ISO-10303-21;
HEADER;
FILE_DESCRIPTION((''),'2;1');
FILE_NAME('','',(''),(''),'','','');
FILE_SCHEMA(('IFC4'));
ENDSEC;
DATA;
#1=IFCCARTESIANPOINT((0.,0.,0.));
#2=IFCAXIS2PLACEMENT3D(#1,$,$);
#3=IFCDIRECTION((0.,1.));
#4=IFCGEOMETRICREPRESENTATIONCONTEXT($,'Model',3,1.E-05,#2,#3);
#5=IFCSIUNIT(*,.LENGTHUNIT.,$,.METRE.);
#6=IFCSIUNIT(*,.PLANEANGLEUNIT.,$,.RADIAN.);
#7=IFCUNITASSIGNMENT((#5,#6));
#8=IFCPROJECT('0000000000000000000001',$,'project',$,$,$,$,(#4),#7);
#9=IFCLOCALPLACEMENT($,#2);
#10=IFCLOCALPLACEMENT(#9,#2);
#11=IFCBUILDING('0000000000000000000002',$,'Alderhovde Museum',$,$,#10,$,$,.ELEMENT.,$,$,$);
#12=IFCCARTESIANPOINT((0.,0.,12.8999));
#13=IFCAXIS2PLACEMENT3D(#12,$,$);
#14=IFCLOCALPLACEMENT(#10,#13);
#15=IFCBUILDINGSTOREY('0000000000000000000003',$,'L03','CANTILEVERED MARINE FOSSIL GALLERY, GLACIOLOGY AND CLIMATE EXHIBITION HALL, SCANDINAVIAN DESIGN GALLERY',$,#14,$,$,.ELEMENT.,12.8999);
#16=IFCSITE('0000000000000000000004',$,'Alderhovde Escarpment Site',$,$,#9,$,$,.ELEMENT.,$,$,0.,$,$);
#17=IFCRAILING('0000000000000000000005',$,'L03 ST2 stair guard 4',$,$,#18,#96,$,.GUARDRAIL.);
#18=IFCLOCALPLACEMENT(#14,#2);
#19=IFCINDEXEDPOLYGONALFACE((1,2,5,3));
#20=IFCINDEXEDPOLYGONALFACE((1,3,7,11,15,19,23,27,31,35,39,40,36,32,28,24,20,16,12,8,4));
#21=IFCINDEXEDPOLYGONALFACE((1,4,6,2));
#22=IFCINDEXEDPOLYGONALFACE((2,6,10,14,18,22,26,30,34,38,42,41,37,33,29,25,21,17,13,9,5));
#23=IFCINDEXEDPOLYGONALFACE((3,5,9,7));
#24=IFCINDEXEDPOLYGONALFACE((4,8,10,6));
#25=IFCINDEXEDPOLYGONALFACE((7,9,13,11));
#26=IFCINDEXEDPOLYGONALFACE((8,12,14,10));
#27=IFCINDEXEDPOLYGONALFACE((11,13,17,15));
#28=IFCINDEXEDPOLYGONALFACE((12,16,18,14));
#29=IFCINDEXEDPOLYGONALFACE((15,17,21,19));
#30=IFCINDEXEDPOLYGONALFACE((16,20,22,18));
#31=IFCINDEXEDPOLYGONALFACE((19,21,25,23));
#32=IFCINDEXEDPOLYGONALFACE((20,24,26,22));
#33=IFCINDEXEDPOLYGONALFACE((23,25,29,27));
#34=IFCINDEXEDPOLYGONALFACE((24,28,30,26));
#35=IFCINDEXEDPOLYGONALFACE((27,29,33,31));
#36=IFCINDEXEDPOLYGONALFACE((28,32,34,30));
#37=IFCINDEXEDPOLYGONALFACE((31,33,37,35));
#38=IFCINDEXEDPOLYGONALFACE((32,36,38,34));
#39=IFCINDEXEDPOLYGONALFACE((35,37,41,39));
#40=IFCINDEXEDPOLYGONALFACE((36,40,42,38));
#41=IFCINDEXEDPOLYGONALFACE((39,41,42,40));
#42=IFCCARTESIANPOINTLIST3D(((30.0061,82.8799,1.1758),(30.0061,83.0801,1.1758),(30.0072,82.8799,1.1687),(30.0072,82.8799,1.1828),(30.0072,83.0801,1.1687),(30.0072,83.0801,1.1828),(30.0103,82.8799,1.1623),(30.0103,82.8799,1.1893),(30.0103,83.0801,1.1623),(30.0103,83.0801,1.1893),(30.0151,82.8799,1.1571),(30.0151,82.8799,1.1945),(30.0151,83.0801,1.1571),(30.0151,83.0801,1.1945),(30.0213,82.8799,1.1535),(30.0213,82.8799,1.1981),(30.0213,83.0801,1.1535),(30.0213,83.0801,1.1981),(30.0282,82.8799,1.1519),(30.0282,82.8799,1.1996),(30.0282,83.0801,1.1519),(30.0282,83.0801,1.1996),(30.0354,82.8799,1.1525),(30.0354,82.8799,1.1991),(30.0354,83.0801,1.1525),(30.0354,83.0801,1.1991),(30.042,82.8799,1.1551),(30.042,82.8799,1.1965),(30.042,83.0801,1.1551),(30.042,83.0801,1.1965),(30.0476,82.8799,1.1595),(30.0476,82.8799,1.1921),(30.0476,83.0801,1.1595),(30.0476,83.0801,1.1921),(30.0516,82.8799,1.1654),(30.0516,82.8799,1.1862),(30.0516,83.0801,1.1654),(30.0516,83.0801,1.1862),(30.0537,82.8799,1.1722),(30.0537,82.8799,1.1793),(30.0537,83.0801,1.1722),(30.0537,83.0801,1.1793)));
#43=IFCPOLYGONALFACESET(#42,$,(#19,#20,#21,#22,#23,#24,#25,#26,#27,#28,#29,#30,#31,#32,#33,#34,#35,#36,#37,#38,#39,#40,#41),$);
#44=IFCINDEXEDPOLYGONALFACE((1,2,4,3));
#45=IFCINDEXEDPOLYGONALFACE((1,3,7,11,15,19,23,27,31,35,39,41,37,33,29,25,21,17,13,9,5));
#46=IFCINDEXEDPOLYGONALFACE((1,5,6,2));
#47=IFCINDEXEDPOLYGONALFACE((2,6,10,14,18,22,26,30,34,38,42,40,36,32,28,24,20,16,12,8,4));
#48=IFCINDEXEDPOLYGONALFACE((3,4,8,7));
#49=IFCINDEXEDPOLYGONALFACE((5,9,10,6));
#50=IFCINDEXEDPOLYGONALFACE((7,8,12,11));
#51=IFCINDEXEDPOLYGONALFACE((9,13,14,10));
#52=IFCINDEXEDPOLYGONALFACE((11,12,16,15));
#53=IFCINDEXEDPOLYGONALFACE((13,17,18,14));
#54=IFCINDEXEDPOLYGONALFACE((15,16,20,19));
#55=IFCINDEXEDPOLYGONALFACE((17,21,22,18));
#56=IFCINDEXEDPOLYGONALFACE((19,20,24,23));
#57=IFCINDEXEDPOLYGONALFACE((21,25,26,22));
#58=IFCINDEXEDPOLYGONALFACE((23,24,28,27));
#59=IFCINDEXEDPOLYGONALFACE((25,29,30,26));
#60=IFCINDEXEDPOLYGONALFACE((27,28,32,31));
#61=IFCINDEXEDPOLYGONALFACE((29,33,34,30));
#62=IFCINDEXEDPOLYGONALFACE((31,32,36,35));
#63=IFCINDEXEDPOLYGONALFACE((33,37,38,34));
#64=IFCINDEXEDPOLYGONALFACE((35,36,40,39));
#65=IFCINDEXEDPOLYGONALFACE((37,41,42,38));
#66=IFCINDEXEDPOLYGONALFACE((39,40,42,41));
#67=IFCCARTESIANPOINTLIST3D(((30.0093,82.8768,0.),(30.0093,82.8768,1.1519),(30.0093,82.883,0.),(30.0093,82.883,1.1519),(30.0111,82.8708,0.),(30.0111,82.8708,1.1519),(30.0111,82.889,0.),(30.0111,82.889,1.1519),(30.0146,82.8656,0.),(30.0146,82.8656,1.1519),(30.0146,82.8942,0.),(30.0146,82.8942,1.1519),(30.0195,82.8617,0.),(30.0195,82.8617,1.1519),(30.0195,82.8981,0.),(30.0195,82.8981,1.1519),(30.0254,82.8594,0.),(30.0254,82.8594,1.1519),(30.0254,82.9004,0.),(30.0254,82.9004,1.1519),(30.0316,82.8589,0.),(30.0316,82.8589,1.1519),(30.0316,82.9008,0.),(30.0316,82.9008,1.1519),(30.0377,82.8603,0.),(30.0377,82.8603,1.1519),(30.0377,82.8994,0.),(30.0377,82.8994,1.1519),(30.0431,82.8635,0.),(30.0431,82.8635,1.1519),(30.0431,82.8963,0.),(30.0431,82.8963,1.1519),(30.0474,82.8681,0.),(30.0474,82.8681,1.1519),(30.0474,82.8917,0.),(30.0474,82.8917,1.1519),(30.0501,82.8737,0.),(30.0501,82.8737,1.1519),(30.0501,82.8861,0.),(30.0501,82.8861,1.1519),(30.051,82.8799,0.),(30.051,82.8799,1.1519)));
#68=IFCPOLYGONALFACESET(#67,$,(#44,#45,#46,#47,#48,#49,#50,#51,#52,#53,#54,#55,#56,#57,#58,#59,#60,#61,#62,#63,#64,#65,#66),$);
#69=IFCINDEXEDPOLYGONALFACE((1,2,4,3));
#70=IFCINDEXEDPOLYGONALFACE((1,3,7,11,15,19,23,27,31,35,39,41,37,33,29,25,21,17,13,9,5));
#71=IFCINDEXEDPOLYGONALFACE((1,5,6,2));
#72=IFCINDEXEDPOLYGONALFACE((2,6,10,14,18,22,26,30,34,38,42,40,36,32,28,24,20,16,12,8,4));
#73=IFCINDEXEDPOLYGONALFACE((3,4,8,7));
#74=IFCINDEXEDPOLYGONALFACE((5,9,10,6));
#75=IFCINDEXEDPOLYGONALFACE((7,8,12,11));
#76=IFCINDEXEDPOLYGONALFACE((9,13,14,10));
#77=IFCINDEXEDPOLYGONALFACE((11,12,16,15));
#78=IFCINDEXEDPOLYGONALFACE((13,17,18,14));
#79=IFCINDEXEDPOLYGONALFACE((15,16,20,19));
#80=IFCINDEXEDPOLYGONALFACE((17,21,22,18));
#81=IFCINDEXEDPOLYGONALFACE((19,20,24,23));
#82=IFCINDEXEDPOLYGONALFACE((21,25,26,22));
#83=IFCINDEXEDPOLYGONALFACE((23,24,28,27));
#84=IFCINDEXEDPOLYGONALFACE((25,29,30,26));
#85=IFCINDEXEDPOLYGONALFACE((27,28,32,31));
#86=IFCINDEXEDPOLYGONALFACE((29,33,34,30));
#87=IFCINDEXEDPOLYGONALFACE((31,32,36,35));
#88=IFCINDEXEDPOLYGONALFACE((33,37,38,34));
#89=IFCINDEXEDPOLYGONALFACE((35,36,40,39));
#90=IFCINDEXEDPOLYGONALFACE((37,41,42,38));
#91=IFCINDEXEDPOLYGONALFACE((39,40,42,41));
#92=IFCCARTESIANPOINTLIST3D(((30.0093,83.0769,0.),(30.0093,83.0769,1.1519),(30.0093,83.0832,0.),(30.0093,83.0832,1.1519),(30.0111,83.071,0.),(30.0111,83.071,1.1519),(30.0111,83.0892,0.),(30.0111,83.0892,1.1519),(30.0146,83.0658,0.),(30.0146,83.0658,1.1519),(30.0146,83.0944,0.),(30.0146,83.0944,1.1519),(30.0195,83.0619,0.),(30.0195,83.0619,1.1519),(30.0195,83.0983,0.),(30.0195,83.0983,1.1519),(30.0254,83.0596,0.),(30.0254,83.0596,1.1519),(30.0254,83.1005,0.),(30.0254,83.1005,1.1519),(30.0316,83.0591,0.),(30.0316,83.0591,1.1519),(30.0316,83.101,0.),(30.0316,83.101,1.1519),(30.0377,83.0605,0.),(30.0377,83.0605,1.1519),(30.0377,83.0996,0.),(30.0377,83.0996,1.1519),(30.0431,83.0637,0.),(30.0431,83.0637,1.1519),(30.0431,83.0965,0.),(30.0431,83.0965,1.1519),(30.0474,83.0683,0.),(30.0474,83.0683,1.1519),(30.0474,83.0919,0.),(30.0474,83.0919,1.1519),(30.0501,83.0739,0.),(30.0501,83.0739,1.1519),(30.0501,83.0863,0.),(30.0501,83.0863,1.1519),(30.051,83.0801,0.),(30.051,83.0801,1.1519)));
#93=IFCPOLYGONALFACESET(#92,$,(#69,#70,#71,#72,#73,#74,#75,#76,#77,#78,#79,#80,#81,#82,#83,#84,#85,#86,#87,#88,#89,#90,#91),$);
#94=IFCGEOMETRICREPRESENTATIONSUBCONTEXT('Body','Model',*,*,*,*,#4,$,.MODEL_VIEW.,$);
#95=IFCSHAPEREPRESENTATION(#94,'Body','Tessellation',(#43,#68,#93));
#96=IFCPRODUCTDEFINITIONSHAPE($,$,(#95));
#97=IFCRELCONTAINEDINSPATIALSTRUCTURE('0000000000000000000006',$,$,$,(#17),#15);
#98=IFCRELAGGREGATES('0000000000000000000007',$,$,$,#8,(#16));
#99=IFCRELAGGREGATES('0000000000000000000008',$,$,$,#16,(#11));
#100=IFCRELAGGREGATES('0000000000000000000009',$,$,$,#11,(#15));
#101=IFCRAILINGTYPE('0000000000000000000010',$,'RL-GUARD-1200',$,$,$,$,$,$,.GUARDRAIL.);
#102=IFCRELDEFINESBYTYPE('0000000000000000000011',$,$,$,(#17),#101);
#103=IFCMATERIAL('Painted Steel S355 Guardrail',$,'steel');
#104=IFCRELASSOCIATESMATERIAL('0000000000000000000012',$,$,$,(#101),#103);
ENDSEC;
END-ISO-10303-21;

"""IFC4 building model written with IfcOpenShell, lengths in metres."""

from ifc_helpers import new_model, si_unit, direction, frame, origin, origin_2d, place, context, subcontext, project, spatial, circle, extrude, material, type_object, element, save


model = new_model("IFC4")

# Units and contexts
model_context = context("Model", 3, precision=1e-05, world=origin(), true_north=direction((0.0, 1.0)))
body_context = subcontext(model_context, "Body", "Model", "MODEL_VIEW")
ifc_project = project(units=[si_unit("LENGTHUNIT", "METRE"), si_unit("PLANEANGLEUNIT", "RADIAN")], contexts=[model_context])

# Site, building, storey
site_placement = place(None, origin())
site = spatial("IfcSite", under=ifc_project, at=site_placement, Name="Alderhovde Escarpment Site", CompositionType="ELEMENT", RefElevation=0.0)
building_placement = place(site_placement, origin())
building = spatial("IfcBuilding", under=site, at=building_placement, Name="Alderhovde Museum", CompositionType="ELEMENT")
storey_placement = place(building_placement, frame((0.0, 0.0, 12.8999)))
storey = spatial("IfcBuildingStorey", under=building, at=storey_placement, Name="L03", Description="CANTILEVERED MARINE FOSSIL GALLERY, GLACIOLOGY AND CLIMATE EXHIBITION HALL, SCANDINAVIAN DESIGN GALLERY", CompositionType="ELEMENT", Elevation=12.8999)

# Railing
ifc_material_1 = material(Name="Painted Steel S355 Guardrail", Category="steel")
railing_type_1 = type_object("IfcRailingType", Name="RL-GUARD-1200", PredefinedType="GUARDRAIL", material=ifc_material_1)
railing_1_placement = place(storey_placement, frame((30.03, 82.8799, 0.0)))
element("IfcRailing", 1, at=railing_1_placement, inside=storey, type_object=railing_type_1, Name="L03 ST2 stair guard 4", PredefinedType="GUARDRAIL", context=body_context, shape_type="SweptSolid", body=[
    extrude(circle(Radius=0.0239, at=origin_2d()), frame((0.0, 0.0, 1.1758), z_axis=(0.0, 1.0, 0.0), x_axis=(-1.0, 0.0, 0.0)), (0.0, 0.0, 1.0), 0.2002),
    extrude(circle(Radius=0.021, at=origin_2d()), origin(), (0.0, 0.0, 1.0), 1.1519),
    extrude(circle(Radius=0.021, at=origin_2d()), frame((0.0, 0.2002, 0.0)), (0.0, 0.0, 1.0), 1.1519),
])

save(model, "model.ifc")
